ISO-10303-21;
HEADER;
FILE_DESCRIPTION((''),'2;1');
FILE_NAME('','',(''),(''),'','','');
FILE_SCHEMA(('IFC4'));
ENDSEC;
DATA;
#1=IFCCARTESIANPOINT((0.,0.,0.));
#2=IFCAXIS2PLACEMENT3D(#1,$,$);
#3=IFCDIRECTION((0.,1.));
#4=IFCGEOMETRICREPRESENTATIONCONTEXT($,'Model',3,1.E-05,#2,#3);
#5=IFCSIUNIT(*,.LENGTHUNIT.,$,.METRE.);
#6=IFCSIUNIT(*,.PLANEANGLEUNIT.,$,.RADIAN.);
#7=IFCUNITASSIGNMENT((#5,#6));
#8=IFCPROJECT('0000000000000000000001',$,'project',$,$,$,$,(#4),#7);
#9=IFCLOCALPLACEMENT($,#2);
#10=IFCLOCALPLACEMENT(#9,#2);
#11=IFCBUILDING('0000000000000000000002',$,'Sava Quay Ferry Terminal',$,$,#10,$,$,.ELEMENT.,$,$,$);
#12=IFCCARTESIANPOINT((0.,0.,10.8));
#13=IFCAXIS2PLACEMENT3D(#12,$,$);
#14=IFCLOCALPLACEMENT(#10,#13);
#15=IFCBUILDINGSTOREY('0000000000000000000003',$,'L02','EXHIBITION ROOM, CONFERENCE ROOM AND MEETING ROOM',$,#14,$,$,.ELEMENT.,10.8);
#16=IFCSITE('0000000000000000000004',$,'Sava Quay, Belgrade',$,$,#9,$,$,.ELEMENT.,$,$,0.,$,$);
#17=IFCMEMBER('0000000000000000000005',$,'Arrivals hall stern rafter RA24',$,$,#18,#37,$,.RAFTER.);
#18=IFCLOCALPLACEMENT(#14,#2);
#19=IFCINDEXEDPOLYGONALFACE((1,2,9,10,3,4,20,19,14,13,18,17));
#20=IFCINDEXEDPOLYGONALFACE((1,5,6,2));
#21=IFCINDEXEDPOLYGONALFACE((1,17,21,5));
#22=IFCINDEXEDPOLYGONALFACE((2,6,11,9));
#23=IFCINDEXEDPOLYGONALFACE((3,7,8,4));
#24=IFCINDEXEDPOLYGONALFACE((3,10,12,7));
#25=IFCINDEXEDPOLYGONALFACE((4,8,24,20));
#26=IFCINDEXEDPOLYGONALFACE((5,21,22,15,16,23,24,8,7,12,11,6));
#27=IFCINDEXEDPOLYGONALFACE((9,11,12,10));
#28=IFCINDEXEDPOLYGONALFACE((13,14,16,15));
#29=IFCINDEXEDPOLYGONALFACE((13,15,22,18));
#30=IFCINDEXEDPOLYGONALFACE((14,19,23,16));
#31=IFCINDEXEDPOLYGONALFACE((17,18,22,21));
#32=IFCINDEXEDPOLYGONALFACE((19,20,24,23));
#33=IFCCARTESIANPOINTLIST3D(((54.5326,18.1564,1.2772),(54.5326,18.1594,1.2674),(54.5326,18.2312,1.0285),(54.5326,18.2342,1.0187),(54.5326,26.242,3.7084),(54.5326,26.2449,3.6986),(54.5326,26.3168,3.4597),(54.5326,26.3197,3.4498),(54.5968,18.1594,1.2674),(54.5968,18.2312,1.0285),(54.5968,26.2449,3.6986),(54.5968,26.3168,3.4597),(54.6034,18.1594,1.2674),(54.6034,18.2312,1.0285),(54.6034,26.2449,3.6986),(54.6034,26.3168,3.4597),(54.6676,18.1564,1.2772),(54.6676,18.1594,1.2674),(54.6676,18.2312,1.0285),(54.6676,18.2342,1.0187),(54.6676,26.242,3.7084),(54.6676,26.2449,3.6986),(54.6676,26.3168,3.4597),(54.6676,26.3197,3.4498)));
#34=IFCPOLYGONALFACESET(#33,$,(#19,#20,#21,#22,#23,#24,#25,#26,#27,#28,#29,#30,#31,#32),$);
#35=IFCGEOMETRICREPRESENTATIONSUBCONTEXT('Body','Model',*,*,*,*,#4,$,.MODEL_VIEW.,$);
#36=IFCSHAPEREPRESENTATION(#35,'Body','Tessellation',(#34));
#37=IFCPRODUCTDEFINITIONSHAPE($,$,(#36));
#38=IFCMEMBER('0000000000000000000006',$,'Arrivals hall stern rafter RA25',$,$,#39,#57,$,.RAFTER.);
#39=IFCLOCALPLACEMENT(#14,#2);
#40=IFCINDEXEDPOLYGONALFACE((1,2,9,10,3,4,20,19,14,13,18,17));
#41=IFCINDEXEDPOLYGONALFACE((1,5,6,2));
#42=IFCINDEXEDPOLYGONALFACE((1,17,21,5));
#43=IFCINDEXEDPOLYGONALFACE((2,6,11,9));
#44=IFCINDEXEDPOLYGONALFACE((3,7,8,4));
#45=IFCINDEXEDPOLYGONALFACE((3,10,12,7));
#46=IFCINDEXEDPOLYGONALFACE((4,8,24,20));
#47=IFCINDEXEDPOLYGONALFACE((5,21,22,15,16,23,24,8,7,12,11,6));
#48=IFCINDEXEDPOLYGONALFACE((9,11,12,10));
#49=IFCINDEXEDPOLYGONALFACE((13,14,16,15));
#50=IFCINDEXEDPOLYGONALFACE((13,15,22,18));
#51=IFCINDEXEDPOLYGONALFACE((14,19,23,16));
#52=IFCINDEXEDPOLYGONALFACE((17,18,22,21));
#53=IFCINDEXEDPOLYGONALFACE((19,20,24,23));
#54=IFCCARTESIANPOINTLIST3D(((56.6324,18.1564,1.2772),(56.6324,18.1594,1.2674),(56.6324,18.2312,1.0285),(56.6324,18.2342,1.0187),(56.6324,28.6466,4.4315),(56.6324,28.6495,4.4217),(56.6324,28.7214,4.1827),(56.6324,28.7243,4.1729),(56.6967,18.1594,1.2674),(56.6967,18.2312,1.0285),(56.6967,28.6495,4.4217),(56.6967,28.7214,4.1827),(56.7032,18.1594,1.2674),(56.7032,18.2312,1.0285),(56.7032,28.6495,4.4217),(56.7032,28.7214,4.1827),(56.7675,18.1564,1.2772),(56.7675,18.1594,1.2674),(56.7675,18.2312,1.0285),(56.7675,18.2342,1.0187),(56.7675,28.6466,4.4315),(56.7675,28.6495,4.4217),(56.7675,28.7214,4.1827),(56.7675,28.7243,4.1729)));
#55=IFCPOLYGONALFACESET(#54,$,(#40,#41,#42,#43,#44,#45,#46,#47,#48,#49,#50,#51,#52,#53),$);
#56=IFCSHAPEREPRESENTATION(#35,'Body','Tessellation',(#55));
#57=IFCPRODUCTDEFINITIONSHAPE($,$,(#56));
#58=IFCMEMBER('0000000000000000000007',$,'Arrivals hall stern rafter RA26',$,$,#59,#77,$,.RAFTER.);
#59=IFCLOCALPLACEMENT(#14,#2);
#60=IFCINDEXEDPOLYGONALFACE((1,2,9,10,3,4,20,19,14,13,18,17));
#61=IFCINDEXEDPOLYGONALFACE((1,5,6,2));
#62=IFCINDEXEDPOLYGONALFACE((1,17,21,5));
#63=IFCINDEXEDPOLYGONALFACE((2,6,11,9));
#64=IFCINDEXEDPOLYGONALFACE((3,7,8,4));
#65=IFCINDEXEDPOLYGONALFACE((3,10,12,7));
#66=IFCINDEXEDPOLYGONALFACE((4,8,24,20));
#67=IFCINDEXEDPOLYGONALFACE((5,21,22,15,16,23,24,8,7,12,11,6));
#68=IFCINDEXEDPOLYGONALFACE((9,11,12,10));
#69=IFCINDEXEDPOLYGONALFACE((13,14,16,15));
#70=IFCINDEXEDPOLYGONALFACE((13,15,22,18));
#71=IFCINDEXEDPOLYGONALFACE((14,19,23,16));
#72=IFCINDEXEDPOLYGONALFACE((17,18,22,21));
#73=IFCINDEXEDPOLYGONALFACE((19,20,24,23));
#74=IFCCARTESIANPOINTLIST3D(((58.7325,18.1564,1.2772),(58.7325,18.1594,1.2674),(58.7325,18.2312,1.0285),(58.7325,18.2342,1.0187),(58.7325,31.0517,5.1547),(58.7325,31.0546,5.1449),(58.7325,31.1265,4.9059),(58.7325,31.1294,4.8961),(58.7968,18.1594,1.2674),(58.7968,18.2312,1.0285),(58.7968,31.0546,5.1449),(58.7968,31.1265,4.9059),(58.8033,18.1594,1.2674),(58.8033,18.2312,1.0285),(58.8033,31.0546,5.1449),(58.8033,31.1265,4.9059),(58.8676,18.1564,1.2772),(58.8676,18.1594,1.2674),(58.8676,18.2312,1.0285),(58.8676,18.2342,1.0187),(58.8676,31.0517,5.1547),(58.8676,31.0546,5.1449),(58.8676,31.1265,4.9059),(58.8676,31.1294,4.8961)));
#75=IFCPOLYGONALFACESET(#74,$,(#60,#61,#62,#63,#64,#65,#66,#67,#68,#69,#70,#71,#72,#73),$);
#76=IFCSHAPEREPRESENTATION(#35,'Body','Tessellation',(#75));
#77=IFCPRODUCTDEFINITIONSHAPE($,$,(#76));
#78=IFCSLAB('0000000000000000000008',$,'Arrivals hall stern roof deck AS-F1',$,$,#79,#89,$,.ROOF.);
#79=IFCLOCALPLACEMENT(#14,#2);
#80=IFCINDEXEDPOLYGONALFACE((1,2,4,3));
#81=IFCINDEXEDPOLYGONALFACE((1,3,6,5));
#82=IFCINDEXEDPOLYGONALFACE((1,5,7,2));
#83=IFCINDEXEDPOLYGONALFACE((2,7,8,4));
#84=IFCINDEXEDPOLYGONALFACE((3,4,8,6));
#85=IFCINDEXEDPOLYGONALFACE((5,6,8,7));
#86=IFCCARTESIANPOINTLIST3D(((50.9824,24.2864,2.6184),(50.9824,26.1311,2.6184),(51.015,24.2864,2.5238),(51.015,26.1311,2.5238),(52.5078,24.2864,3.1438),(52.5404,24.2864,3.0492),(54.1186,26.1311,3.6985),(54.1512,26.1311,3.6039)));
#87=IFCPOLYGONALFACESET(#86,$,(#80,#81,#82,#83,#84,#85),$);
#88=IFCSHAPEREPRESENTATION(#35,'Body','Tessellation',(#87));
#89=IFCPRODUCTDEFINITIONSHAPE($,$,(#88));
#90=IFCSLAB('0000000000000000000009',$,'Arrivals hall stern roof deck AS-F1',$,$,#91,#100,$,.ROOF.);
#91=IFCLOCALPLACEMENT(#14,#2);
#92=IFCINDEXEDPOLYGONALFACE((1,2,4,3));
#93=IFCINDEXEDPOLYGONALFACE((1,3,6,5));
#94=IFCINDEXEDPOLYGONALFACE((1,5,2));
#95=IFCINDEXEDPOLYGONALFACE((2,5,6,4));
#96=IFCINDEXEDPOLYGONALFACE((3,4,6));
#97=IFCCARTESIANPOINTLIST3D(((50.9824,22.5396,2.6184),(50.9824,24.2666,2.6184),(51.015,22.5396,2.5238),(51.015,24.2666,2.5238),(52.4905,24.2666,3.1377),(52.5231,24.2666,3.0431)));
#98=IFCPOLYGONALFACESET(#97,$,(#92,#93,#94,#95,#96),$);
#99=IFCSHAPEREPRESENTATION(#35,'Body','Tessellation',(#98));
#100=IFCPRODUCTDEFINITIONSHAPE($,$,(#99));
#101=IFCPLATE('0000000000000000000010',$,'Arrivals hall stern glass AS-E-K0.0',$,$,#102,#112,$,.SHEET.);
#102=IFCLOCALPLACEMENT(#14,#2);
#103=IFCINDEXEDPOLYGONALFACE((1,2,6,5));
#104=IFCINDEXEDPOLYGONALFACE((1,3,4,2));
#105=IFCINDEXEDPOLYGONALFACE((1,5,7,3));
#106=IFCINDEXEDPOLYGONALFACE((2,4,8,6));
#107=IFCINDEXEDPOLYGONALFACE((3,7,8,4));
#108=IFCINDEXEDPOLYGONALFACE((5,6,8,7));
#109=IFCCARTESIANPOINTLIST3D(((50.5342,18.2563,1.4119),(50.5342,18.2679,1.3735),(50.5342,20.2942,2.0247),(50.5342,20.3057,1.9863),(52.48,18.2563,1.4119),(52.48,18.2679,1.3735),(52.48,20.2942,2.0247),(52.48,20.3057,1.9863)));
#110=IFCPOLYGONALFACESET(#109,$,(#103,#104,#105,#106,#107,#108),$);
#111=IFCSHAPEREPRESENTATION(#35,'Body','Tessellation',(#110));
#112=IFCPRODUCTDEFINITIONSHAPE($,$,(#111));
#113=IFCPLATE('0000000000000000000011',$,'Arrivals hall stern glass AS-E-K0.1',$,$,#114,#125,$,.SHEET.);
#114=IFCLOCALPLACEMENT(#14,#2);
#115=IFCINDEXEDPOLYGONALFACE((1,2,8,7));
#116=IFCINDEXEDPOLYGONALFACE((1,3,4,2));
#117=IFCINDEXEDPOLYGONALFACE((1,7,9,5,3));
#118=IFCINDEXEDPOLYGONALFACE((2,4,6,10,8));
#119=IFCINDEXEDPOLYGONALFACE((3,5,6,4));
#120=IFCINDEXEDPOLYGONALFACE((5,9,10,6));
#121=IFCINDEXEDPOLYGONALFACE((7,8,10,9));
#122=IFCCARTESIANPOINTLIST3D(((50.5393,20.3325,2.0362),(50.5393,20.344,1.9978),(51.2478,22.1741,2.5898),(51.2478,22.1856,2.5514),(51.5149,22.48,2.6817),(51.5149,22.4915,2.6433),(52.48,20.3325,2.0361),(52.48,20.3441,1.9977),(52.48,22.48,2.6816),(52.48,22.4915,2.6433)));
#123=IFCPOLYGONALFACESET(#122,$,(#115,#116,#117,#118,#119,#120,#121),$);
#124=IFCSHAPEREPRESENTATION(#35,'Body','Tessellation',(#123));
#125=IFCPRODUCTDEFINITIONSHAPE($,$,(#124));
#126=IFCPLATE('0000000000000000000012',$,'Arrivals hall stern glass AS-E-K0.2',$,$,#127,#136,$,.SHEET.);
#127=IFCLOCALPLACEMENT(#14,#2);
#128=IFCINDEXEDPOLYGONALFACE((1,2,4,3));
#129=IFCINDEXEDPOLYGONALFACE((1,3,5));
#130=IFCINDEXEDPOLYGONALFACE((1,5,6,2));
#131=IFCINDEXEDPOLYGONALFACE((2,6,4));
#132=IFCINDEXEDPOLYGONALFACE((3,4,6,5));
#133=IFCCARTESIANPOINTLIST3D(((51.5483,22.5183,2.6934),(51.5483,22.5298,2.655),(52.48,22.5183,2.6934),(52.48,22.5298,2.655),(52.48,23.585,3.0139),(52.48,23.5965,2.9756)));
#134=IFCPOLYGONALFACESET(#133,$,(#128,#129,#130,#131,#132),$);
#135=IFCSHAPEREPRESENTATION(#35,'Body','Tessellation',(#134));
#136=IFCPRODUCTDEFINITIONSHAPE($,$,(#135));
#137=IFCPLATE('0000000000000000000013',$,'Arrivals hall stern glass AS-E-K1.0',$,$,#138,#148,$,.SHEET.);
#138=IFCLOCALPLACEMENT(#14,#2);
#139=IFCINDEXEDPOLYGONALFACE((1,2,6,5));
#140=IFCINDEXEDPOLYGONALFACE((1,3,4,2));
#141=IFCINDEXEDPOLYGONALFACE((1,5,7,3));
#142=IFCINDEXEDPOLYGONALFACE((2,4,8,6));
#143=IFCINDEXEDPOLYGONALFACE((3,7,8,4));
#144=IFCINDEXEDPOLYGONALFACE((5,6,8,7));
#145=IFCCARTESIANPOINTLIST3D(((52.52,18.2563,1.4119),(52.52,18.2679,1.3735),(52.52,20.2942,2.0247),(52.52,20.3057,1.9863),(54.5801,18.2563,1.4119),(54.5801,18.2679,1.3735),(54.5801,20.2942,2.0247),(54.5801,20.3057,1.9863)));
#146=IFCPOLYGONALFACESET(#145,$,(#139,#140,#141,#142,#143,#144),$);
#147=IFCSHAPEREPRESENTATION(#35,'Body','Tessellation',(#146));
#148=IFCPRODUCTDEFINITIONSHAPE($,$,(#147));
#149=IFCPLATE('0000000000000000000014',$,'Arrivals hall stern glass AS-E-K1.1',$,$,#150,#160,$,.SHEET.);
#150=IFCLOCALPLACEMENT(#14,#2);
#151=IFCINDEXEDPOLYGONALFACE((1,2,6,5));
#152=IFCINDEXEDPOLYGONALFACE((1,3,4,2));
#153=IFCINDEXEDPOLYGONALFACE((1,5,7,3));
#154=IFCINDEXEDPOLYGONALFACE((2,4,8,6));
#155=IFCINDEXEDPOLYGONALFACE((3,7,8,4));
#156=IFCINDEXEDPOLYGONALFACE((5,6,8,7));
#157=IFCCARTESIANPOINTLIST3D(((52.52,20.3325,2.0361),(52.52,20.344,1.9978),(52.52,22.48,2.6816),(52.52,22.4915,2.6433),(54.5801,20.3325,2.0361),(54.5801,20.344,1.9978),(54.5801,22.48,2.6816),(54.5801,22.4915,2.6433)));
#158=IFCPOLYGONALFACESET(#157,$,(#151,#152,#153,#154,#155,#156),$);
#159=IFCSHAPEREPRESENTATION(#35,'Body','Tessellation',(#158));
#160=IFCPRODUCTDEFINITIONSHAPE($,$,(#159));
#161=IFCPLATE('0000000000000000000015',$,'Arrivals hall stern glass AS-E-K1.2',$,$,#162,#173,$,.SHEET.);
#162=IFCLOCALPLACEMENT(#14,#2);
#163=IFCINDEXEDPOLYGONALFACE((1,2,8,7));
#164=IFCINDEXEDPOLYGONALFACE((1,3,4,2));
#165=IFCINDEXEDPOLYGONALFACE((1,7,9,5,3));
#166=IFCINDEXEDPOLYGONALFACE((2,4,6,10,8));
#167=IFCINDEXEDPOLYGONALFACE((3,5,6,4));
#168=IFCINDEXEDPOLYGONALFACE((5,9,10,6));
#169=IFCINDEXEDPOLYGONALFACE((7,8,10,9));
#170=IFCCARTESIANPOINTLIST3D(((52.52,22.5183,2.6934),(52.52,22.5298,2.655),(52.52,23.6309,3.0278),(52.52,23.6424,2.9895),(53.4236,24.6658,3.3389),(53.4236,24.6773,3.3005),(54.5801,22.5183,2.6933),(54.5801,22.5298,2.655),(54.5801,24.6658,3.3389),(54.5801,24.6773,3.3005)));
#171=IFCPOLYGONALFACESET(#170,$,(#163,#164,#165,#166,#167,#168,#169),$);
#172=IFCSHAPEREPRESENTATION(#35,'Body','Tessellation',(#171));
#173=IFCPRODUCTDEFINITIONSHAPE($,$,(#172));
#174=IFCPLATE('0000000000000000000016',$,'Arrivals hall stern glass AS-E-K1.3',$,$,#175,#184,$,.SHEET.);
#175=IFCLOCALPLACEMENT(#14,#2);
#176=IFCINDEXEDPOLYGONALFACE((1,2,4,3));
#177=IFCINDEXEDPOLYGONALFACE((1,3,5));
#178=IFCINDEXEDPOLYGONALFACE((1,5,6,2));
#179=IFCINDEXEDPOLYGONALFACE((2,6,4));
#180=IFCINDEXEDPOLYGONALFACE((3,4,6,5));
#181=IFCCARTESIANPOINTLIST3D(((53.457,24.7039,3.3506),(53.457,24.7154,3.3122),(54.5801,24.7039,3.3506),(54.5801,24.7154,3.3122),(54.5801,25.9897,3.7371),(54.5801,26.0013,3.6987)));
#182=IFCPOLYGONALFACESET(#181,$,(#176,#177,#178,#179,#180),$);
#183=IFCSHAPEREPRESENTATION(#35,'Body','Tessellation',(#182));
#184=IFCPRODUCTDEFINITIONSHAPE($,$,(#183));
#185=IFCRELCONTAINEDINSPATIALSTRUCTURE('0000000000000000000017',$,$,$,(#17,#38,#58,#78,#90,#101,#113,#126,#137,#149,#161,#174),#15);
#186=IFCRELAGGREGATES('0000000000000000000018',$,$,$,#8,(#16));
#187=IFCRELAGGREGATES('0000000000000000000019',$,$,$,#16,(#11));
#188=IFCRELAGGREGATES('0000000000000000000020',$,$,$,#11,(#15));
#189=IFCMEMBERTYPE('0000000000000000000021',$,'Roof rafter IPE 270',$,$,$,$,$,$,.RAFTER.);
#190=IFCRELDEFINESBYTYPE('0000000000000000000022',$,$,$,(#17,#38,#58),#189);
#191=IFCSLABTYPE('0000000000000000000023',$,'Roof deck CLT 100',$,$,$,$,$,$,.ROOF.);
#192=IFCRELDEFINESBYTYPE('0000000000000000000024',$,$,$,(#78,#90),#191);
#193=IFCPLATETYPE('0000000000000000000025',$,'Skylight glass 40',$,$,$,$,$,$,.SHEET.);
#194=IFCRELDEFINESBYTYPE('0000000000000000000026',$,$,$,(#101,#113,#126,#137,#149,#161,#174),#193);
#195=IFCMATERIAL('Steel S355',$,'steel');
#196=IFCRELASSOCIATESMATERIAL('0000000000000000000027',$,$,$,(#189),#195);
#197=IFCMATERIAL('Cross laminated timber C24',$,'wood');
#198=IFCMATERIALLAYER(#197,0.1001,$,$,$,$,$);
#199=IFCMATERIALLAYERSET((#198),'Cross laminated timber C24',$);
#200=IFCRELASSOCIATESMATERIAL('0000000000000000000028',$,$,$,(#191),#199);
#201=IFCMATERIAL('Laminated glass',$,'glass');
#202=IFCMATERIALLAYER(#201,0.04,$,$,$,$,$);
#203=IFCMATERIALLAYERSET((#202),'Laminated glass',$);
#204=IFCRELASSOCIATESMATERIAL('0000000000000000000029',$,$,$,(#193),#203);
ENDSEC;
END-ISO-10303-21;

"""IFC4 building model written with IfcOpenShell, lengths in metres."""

from ifc_helpers import new_model, si_unit, direction, frame, origin, origin_2d, place, context, subcontext, project, spatial, polyline, i_section, outline, extrude, material, layer, layer_set, material_profile, profile_set, type_object, element, save


model = new_model("IFC4")

# Units and contexts
model_context = context("Model", 3, precision=1e-05, world=origin(), true_north=direction((0.0, 1.0)))
body_context = subcontext(model_context, "Body", "Model", "MODEL_VIEW")
ifc_project = project(units=[si_unit("LENGTHUNIT", "METRE"), si_unit("PLANEANGLEUNIT", "RADIAN")], contexts=[model_context])

# Site, building, storey
site_placement = place(None, origin())
site = spatial("IfcSite", under=ifc_project, at=site_placement, Name="Sava Quay, Belgrade", CompositionType="ELEMENT", RefElevation=0.0)
building_placement = place(site_placement, origin())
building = spatial("IfcBuilding", under=site, at=building_placement, Name="Sava Quay Ferry Terminal", CompositionType="ELEMENT")
storey_placement = place(building_placement, frame((0.0, 0.0, 10.8)))
storey = spatial("IfcBuildingStorey", under=building, at=storey_placement, Name="L02", Description="EXHIBITION ROOM, CONFERENCE ROOM AND MEETING ROOM", CompositionType="ELEMENT", Elevation=10.8)

# Members
ifc_material_1 = material(Name="Steel S355", Category="steel")
ifc_material_profile_1 = material_profile(ifc_material_1, i_section(OverallWidth=0.135, OverallDepth=0.27, WebThickness=0.0066, FlangeThickness=0.0103, at=origin_2d()), Name="IPE 270")
ifc_profile_set_1 = profile_set([ifc_material_profile_1], Name="Steel S355")
member_type_1 = type_object("IfcMemberType", Name="Roof rafter IPE 270", PredefinedType="RAFTER", material=ifc_profile_set_1)
member_1_placement = place(storey_placement, frame((54.6001, 18.1953, 1.1479), z_axis=(0.0, 0.957646, 0.287947), x_axis=(-1.0, 0.0, 0.0)))
element("IfcMember", 1, at=member_1_placement, inside=storey, type_object=member_type_1, Name="Arrivals hall stern rafter RA24", PredefinedType="RAFTER", context=body_context, shape_type="SweptSolid", body=[
    extrude(i_section(OverallWidth=0.135, OverallDepth=0.27, WebThickness=0.0066, FlangeThickness=0.0103, at=origin_2d()), origin(), (0.0, 0.0, 1.0), 8.4431),
])
member_2_placement = place(storey_placement, frame((56.7, 18.1953, 1.1479), z_axis=(0.0, 0.957645, 0.287953), x_axis=(-1.0, 0.0, 0.0)))
element("IfcMember", 2, at=member_2_placement, inside=storey, type_object=member_type_1, Name="Arrivals hall stern rafter RA25", PredefinedType="RAFTER", context=body_context, shape_type="SweptSolid", body=[
    extrude(i_section(OverallWidth=0.135, OverallDepth=0.27, WebThickness=0.0066, FlangeThickness=0.0103, at=origin_2d()), origin(), (0.0, 0.0, 1.0), 10.9541),
])
member_3_placement = place(storey_placement, frame((58.8, 18.1953, 1.1479), z_axis=(0.0, 0.957645, 0.287952), x_axis=(-1.0, 0.0, 0.0)))
element("IfcMember", 3, at=member_3_placement, inside=storey, type_object=member_type_1, Name="Arrivals hall stern rafter RA26", PredefinedType="RAFTER", context=body_context, shape_type="SweptSolid", body=[
    extrude(i_section(OverallWidth=0.135, OverallDepth=0.27, WebThickness=0.0066, FlangeThickness=0.0103, at=origin_2d()), origin(), (0.0, 0.0, 1.0), 13.4656),
])

# Slabs
ifc_material_2 = material(Name="Cross laminated timber C24", Category="wood")
ifc_layer_1 = layer(ifc_material_2, 0.1001)
ifc_layer_set_1 = layer_set([ifc_layer_1], Name="Cross laminated timber C24")
slab_type = type_object("IfcSlabType", Name="Roof deck CLT 100", PredefinedType="ROOF", material=ifc_layer_set_1)
slab_1_placement = place(storey_placement, frame((52.5078, 24.2864, 3.1438), z_axis=(-0.325631, 0.000023, 0.945497), x_axis=(-0.945497, 0.0, -0.325631)))
element("IfcSlab", 4, at=slab_1_placement, inside=storey, type_object=slab_type, Name="Arrivals hall stern roof deck AS-F1", PredefinedType="ROOF", context=body_context, shape_type="SweptSolid", body=[
    extrude(outline(polyline([(0.0, 0.0), (1.6133, 0.0), (1.6133, -1.8447), (-1.7037, -1.8447), (0.0, 0.0)])), origin(), (0.0, 0.0, -1.0), 0.1001),
])
slab_2_placement = place(storey_placement, frame((50.9824, 22.5396, 2.6184), z_axis=(-0.32558, 0.0, 0.945514), x_axis=(0.0, 1.0, 0.0)))
element("IfcSlab", 5, at=slab_2_placement, inside=storey, type_object=slab_type, Name="Arrivals hall stern roof deck AS-F1", PredefinedType="ROOF", context=body_context, shape_type="SweptSolid", body=[
    extrude(outline(polyline([(0.0, 0.0), (1.7271, 0.0), (1.7271, -1.595), (0.0, 0.0)])), origin(), (0.0, 0.0, -1.0), 0.1001),
])

# Plates
ifc_material_3 = material(Name="Laminated glass", Category="glass")
ifc_layer_2 = layer(ifc_material_3, 0.04)
ifc_layer_set_2 = layer_set([ifc_layer_2], Name="Laminated glass")
plate_type = type_object("IfcPlateType", Name="Skylight glass 40", PredefinedType="SHEET", material=ifc_layer_set_2)
plate_1_placement = place(storey_placement, frame((52.48, 20.2942, 2.0247), z_axis=(0.0, -0.287969, 0.95764), x_axis=(0.0, -0.95764, -0.287969)))
element("IfcPlate", 6, at=plate_1_placement, inside=storey, type_object=plate_type, Name="Arrivals hall stern glass AS-E-K0.0", PredefinedType="SHEET", context=body_context, shape_type="SweptSolid", body=[
    extrude(outline(polyline([(0.0, 0.0), (2.128, 0.0), (2.128, -1.9458), (0.0, -1.9458), (0.0, 0.0)])), origin(), (0.0, 0.0, -1.0), 0.04),
])
plate_2_placement = place(storey_placement, frame((52.48, 22.48, 2.6816), z_axis=(0.000049, -0.287888, 0.957664), x_axis=(0.0, -0.957664, -0.287888)))
element("IfcPlate", 7, at=plate_2_placement, inside=storey, type_object=plate_type, Name="Arrivals hall stern glass AS-E-K0.1", PredefinedType="SHEET", context=body_context, shape_type="SweptSolid", body=[
    extrude(outline(polyline([(0.0, 0.0), (2.2424, 0.0), (2.2424, -1.9407), (0.3194, -1.2322), (0.0, -0.9651), (0.0, 0.0)])), origin(), (0.0, 0.0, -1.0), 0.04),
])
plate_3_placement = place(storey_placement, frame((52.48, 22.5183, 2.6934), z_axis=(0.0, -0.28781, 0.957687), x_axis=(-1.0, 0.0, 0.0)))
element("IfcPlate", 8, at=plate_3_placement, inside=storey, type_object=plate_type, Name="Arrivals hall stern glass AS-E-K0.2", PredefinedType="SHEET", context=body_context, shape_type="SweptSolid", body=[
    extrude(outline(polyline([(0.0, 0.0), (0.9316, 0.0), (0.0, -1.1138), (0.0, 0.0)])), origin(), (0.0, 0.0, -1.0), 0.04),
])
plate_4_placement = place(storey_placement, frame((52.52, 20.2942, 2.0247), z_axis=(0.0, -0.287969, 0.95764), x_axis=(1.0, 0.0, 0.0)))
element("IfcPlate", 9, at=plate_4_placement, inside=storey, type_object=plate_type, Name="Arrivals hall stern glass AS-E-K1.0", PredefinedType="SHEET", context=body_context, shape_type="SweptSolid", body=[
    extrude(outline(polyline([(0.0, 0.0), (2.0601, 0.0), (2.0601, -2.128), (0.0, -2.128), (0.0, 0.0)])), origin(), (0.0, 0.0, -1.0), 0.04),
])
plate_5_placement = place(storey_placement, frame((52.52, 20.3325, 2.0361), z_axis=(0.0, -0.287867, 0.95767), x_axis=(0.0, 0.95767, 0.287867)))
element("IfcPlate", 10, at=plate_5_placement, inside=storey, type_object=plate_type, Name="Arrivals hall stern glass AS-E-K1.1", PredefinedType="SHEET", context=body_context, shape_type="SweptSolid", body=[
    extrude(outline(polyline([(0.0, 0.0), (2.2424, 0.0), (2.2424, -2.0601), (0.0, -2.0601), (0.0, 0.0)])), origin(), (0.0, 0.0, -1.0), 0.04),
])
plate_6_placement = place(storey_placement, frame((54.5801, 24.6658, 3.3389), z_axis=(0.000013, -0.287872, 0.957669), x_axis=(0.0, -0.957669, -0.287872)))
element("IfcPlate", 11, at=plate_6_placement, inside=storey, type_object=plate_type, Name="Arrivals hall stern glass AS-E-K1.2", PredefinedType="SHEET", context=body_context, shape_type="SweptSolid", body=[
    extrude(outline(polyline([(0.0, 0.0), (2.2424, 0.0), (2.2424, -2.0601), (1.0806, -2.0601), (0.0, -1.1565), (0.0, 0.0)])), origin(), (0.0, 0.0, -1.0), 0.04),
])
plate_7_placement = place(storey_placement, frame((54.5801, 24.7039, 3.3506), z_axis=(0.0, -0.287832, 0.957681), x_axis=(-1.0, 0.0, 0.0)))
element("IfcPlate", 12, at=plate_7_placement, inside=storey, type_object=plate_type, Name="Arrivals hall stern glass AS-E-K1.3", PredefinedType="SHEET", context=body_context, shape_type="SweptSolid", body=[
    extrude(outline(polyline([(0.0, 0.0), (1.123, 0.0), (0.0, -1.3427), (0.0, 0.0)])), origin(), (0.0, 0.0, -1.0), 0.04),
])

save(model, "model.ifc")
